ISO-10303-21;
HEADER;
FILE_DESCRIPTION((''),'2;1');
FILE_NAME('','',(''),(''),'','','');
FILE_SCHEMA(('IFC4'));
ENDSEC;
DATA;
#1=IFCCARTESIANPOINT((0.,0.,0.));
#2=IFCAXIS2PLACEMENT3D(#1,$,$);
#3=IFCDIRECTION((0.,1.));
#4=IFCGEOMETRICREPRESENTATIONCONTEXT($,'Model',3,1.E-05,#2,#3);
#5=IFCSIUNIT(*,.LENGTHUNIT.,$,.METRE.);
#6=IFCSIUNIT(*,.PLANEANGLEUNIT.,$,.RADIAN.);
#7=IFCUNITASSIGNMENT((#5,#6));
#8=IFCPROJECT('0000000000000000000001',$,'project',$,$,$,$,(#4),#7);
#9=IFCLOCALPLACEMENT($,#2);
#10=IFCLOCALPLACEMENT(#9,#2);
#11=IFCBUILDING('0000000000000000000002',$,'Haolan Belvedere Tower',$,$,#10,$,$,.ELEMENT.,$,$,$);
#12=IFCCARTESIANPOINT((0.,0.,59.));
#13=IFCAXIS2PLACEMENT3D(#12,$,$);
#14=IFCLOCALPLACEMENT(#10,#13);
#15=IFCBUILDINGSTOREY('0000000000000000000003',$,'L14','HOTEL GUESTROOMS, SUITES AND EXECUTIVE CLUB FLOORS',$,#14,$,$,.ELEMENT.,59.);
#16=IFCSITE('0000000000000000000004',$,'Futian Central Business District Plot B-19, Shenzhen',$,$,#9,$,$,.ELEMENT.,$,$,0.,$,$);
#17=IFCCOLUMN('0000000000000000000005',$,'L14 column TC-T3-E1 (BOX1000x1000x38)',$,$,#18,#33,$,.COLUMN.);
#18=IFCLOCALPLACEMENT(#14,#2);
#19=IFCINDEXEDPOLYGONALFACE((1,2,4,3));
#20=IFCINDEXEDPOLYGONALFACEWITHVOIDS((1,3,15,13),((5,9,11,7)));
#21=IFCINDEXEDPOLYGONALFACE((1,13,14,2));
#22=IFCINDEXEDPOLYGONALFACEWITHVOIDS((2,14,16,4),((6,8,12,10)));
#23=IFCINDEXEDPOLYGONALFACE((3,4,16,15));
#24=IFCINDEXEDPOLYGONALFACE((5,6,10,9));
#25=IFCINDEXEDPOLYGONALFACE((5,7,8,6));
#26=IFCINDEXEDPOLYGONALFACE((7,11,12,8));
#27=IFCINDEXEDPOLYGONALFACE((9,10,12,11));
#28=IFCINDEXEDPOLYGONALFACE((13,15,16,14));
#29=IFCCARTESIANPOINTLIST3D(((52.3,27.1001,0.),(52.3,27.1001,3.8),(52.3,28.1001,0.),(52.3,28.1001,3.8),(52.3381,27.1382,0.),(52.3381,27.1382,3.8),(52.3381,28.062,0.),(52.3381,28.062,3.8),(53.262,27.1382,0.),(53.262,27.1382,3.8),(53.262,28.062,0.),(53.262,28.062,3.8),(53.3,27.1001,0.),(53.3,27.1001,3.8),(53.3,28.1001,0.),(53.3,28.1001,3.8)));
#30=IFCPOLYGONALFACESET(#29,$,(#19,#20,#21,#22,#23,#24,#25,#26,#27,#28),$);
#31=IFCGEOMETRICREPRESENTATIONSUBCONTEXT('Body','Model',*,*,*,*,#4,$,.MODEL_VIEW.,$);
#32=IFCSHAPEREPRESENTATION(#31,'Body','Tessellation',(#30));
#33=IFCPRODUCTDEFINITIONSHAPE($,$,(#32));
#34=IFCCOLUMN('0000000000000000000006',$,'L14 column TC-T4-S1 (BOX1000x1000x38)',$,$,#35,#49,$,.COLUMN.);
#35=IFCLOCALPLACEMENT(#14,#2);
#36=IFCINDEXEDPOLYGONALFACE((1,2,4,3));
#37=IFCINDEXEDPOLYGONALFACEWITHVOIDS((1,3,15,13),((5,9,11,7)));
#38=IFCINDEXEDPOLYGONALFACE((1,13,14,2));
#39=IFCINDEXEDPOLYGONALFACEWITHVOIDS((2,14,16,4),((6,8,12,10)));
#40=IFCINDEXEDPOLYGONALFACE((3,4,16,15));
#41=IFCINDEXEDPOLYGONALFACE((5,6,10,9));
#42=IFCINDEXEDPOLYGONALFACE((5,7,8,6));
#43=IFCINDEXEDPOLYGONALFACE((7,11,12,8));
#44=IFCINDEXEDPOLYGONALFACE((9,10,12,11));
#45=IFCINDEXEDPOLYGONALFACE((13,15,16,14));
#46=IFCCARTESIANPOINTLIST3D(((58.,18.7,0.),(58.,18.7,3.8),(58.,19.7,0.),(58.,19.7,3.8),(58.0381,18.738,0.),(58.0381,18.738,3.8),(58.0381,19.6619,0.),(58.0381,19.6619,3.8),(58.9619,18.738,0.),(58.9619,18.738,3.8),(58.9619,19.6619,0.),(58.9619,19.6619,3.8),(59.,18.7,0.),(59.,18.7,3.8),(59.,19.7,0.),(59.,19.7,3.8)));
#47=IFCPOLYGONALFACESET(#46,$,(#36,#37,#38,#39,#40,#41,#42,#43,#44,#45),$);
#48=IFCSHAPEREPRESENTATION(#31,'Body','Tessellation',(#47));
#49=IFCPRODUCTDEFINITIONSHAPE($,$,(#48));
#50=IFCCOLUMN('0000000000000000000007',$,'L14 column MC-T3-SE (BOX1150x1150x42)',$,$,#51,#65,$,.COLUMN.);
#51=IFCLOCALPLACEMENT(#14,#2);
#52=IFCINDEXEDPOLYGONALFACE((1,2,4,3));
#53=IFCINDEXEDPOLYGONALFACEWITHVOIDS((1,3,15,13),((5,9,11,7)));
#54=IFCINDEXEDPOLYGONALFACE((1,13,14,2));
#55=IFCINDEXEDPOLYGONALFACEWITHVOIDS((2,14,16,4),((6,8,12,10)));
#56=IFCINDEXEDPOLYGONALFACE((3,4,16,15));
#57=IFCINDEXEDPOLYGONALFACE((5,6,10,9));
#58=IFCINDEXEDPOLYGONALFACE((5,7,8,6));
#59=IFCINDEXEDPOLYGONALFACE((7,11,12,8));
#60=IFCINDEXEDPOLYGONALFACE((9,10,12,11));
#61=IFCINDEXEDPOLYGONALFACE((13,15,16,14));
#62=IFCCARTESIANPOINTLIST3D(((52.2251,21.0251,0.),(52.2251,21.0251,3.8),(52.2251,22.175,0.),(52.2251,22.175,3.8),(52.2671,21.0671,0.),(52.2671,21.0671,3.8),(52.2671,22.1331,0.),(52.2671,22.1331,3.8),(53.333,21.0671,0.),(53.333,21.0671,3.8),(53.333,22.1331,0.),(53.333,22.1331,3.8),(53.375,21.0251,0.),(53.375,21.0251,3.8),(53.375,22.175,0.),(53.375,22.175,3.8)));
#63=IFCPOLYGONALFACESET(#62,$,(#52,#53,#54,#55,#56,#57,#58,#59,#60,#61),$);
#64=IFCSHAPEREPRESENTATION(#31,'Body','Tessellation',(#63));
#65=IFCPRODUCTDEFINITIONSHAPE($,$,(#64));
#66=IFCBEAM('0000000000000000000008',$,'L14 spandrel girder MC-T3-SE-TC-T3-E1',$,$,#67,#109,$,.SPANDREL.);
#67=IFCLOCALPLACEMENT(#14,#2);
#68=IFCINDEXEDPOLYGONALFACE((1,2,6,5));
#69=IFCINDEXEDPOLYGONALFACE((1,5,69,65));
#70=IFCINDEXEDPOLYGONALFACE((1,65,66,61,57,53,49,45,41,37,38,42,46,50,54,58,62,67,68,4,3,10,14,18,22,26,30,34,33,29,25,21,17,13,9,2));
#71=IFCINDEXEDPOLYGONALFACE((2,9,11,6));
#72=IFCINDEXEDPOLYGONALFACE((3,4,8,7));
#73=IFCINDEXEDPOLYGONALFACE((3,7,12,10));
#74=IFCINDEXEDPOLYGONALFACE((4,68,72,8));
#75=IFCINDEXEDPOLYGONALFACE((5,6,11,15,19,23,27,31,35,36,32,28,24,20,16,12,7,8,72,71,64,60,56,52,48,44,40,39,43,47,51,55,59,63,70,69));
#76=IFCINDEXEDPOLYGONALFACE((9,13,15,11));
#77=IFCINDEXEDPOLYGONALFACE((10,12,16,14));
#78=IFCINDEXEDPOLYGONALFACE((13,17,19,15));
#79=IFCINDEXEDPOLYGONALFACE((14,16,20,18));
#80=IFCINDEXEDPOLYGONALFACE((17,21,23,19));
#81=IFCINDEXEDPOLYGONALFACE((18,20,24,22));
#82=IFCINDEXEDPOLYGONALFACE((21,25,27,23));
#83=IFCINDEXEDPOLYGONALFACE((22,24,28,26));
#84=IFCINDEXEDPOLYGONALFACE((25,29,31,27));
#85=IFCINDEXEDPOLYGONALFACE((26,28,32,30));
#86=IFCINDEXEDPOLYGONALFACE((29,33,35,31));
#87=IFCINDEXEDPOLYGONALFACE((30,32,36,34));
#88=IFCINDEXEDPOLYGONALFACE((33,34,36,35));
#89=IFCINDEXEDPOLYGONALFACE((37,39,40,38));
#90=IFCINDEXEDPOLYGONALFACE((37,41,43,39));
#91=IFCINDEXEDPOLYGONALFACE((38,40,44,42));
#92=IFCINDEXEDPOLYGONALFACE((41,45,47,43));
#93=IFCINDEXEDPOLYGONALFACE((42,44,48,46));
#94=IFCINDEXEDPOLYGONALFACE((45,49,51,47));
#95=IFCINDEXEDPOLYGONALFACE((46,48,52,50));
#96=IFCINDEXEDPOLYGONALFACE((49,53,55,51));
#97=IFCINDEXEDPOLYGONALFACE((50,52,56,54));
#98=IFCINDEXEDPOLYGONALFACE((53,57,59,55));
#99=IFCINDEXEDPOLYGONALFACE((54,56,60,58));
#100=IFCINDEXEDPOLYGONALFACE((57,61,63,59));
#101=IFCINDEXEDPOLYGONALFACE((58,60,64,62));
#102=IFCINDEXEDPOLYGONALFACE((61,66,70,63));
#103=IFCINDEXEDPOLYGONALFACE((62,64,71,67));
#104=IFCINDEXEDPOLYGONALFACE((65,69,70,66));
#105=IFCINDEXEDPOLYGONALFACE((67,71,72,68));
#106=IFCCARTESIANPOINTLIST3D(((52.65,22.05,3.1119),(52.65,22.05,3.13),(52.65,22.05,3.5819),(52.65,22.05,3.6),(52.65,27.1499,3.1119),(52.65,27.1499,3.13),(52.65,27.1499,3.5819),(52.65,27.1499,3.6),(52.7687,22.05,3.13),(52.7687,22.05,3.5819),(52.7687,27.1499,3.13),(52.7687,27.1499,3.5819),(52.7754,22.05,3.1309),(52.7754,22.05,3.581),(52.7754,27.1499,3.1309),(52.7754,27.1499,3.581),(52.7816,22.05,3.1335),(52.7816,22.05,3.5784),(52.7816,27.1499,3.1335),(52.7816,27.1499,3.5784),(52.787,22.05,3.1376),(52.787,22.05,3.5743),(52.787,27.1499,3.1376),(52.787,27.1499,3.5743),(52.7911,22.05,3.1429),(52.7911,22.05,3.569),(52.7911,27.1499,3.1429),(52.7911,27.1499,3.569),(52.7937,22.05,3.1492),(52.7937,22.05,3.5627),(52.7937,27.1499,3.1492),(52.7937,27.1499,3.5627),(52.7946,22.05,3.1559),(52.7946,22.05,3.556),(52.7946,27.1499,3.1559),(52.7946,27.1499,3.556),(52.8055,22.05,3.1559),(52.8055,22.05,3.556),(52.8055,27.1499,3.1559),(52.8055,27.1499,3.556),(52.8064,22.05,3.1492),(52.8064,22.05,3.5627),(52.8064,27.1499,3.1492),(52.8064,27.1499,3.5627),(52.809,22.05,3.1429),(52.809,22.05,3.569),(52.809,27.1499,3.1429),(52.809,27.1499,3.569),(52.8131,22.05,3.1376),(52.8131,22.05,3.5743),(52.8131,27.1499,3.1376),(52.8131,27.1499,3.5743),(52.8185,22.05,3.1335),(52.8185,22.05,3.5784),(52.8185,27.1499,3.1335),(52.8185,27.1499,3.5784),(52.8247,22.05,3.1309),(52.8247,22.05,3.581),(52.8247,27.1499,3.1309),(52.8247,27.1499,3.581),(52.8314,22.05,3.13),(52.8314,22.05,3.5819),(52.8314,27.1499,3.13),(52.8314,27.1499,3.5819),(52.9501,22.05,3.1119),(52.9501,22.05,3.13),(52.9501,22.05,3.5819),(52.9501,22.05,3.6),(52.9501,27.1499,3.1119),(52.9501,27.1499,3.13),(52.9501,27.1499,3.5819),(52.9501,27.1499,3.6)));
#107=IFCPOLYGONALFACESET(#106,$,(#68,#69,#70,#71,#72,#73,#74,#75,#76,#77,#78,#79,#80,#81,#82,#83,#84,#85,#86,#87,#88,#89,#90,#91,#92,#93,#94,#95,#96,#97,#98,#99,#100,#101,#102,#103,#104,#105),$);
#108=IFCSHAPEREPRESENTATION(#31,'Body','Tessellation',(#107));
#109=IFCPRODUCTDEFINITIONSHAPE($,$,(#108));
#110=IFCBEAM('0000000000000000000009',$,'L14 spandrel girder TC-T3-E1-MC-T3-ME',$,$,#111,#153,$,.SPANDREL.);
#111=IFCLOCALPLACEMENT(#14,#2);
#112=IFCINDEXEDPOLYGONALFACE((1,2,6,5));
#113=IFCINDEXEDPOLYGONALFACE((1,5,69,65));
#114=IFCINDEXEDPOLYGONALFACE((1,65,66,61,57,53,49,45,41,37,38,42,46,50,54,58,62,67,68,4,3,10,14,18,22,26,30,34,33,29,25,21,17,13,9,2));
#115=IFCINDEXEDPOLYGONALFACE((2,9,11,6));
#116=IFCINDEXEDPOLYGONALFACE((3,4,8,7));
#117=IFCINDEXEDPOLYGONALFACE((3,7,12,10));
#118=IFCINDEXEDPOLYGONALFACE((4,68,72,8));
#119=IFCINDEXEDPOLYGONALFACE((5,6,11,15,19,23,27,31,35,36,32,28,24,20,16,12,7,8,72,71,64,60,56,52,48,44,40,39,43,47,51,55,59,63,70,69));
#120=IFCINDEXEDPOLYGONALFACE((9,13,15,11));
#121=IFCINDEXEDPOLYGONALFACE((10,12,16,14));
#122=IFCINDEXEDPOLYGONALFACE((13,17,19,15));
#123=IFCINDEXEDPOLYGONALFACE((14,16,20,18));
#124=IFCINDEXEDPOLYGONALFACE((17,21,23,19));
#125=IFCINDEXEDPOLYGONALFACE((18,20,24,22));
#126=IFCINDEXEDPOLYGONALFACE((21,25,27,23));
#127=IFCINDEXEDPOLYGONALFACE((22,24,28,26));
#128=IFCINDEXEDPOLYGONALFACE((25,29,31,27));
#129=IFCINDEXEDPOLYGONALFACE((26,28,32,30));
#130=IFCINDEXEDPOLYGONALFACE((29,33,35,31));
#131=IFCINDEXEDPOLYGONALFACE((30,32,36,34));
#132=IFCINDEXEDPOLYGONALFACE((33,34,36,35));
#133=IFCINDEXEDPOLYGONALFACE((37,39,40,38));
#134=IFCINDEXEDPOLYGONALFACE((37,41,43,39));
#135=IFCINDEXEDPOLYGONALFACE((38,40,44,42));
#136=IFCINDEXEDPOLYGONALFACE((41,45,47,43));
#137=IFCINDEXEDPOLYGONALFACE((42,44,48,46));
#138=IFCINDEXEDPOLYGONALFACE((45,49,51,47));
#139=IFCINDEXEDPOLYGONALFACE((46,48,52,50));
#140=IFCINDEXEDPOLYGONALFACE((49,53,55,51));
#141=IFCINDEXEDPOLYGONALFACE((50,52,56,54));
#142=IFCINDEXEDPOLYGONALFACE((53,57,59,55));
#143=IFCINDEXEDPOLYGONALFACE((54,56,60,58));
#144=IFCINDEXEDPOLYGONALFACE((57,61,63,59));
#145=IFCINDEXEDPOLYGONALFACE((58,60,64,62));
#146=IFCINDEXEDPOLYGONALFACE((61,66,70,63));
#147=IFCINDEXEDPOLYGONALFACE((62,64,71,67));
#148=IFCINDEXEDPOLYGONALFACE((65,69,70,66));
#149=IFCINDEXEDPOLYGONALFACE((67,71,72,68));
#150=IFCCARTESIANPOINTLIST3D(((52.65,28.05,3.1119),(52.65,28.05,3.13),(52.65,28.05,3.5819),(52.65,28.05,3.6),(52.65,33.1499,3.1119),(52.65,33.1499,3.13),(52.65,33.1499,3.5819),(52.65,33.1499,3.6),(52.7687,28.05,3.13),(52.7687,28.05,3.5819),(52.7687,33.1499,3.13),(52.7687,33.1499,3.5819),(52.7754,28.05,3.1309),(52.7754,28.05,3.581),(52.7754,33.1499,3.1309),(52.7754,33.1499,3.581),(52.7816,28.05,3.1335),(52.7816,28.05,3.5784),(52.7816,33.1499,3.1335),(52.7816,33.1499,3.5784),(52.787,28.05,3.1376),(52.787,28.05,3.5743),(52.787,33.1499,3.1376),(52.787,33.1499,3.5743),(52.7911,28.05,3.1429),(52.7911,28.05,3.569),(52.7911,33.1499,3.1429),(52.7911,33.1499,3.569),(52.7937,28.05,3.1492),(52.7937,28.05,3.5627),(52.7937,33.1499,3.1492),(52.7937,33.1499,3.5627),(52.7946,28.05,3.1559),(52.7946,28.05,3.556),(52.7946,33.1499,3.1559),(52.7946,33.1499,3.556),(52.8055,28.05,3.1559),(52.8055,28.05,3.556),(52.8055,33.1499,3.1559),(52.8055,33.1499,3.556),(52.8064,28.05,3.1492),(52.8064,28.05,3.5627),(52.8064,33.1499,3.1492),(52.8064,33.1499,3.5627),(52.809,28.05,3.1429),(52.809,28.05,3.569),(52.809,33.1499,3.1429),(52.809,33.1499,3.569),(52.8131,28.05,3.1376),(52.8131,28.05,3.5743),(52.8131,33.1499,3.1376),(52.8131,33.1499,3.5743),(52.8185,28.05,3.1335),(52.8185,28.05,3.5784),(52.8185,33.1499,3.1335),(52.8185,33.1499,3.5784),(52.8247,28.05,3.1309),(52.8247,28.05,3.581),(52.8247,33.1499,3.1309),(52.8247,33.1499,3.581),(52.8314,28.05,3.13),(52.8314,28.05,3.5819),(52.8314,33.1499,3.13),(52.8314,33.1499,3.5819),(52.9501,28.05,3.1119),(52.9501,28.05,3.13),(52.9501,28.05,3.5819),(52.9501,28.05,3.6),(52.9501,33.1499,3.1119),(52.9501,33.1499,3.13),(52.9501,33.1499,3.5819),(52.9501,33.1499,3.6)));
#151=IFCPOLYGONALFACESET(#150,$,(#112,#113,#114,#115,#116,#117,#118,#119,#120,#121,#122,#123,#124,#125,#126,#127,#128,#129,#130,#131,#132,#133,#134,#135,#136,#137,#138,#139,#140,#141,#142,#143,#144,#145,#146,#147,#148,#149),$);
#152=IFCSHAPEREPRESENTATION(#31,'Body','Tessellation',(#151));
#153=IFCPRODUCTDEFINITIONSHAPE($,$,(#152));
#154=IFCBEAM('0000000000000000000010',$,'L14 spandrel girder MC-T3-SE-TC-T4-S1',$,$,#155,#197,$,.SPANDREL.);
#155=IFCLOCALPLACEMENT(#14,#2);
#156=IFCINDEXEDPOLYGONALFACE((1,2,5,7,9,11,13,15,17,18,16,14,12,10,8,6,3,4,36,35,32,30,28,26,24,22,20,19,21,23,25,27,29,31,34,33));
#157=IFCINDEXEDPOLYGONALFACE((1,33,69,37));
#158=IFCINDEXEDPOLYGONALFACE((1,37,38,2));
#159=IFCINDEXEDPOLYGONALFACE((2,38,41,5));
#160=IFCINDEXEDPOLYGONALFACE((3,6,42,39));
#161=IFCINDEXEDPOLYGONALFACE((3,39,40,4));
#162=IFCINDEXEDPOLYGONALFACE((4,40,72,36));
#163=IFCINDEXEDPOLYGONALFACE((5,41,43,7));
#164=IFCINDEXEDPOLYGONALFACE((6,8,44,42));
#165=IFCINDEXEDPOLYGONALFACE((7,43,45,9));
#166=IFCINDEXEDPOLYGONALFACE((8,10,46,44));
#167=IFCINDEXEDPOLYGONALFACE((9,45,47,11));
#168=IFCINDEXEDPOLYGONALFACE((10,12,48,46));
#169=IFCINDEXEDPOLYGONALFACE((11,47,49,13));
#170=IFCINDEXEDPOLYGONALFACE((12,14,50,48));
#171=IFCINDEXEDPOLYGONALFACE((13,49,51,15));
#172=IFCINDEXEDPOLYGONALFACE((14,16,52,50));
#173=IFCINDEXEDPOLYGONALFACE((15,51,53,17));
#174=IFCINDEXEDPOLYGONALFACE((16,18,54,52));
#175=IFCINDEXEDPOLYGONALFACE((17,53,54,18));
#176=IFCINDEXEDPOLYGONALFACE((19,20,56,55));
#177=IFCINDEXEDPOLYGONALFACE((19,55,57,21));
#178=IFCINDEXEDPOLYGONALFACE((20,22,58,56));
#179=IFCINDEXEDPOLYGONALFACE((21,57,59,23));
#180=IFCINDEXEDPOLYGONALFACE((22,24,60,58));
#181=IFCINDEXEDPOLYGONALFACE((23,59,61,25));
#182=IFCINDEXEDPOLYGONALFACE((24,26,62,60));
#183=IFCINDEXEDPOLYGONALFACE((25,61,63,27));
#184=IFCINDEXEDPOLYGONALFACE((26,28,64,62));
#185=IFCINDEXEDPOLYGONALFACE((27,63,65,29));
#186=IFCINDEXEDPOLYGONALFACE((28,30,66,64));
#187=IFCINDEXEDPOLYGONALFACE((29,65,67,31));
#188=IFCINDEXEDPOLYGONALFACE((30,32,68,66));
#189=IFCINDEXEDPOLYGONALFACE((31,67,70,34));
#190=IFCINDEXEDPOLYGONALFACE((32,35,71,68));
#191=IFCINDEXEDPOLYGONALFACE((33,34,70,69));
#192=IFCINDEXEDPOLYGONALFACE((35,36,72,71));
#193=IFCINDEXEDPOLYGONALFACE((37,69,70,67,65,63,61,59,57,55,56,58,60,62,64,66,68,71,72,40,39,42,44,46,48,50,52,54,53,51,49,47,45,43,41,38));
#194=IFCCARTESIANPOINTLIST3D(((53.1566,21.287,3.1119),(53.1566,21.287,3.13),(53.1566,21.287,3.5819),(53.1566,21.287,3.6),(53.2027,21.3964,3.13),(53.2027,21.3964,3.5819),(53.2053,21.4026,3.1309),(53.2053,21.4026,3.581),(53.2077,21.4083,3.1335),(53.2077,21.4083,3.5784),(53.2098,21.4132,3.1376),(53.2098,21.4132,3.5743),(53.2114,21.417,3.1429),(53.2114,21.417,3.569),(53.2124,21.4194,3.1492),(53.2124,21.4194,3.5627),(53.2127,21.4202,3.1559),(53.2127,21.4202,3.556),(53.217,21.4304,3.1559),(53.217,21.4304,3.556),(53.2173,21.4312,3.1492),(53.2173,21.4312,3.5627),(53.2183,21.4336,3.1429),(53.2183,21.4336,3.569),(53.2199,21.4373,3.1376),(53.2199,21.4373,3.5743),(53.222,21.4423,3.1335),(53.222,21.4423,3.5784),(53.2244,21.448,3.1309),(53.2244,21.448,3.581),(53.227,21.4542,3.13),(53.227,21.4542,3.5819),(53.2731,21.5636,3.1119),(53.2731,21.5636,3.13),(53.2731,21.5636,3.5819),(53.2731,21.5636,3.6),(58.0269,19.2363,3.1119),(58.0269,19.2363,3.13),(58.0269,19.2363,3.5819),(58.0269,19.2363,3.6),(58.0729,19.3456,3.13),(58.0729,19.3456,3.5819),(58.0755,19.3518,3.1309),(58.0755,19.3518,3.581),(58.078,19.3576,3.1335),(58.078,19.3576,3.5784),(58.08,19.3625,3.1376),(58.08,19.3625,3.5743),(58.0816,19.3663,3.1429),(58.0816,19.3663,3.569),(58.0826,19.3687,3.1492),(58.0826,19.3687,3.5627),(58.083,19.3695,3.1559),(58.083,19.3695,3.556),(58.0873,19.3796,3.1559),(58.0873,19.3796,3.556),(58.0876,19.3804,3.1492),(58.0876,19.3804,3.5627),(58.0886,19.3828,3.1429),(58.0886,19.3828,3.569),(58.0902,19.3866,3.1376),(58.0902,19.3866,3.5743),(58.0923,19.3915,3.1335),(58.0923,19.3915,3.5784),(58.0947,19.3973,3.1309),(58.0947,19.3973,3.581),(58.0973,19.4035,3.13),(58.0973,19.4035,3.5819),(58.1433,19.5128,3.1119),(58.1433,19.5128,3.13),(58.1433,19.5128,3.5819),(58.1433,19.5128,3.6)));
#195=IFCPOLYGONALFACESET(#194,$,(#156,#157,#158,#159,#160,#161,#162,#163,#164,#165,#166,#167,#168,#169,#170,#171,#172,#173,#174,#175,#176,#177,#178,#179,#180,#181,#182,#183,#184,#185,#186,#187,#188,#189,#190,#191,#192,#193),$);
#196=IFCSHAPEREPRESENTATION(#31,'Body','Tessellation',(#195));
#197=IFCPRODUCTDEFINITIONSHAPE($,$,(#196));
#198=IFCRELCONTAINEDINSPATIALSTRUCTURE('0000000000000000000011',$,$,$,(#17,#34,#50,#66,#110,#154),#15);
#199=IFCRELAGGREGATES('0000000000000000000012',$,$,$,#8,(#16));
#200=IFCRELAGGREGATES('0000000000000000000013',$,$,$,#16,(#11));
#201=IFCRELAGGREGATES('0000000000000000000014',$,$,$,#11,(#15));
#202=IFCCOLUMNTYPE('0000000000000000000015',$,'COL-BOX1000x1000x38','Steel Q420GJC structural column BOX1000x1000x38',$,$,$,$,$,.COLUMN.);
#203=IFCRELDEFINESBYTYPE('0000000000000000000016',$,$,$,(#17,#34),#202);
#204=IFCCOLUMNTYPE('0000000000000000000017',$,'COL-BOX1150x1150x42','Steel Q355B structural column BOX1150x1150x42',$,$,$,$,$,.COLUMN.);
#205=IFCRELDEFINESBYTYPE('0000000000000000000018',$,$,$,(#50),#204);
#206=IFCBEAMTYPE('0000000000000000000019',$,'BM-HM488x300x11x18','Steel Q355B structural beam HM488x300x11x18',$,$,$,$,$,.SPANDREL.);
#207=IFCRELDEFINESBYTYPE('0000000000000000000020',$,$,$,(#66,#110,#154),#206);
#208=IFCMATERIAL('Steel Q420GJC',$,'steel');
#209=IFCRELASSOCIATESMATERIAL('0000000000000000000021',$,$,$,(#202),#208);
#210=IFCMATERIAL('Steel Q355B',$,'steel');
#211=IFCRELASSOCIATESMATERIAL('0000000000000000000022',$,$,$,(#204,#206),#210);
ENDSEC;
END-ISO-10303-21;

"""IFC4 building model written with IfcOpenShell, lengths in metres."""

from ifc_helpers import new_model, si_unit, direction, frame, origin, origin_2d, place, context, subcontext, project, spatial, hollow_rectangle, i_section, extrude, material, material_profile, profile_set, type_object, element, save


model = new_model("IFC4")

# Units and contexts
model_context = context("Model", 3, precision=1e-05, world=origin(), true_north=direction((0.0, 1.0)))
body_context = subcontext(model_context, "Body", "Model", "MODEL_VIEW")
ifc_project = project(units=[si_unit("LENGTHUNIT", "METRE"), si_unit("PLANEANGLEUNIT", "RADIAN")], contexts=[model_context])

# Site, building, storey
site_placement = place(None, origin())
site = spatial("IfcSite", under=ifc_project, at=site_placement, Name="Futian Central Business District Plot B-19, Shenzhen", CompositionType="ELEMENT", RefElevation=0.0)
building_placement = place(site_placement, origin())
building = spatial("IfcBuilding", under=site, at=building_placement, Name="Haolan Belvedere Tower", CompositionType="ELEMENT")
storey_placement = place(building_placement, frame((0.0, 0.0, 59.0)))
storey = spatial("IfcBuildingStorey", under=building, at=storey_placement, Name="L14", Description="HOTEL GUESTROOMS, SUITES AND EXECUTIVE CLUB FLOORS", CompositionType="ELEMENT", Elevation=59.0)

# Columns
ifc_material_1 = material(Name="Steel Q420GJC", Category="steel")
ifc_material_profile_1 = material_profile(ifc_material_1, hollow_rectangle(XDim=1.0, YDim=1.0, WallThickness=0.0381, at=origin_2d()), Name="Steel Q420GJC")
ifc_profile_set_1 = profile_set([ifc_material_profile_1], Name="Steel Q420GJC")
column_type_1 = type_object("IfcColumnType", Name="COL-BOX1000x1000x38", Description="Steel Q420GJC structural column BOX1000x1000x38", PredefinedType="COLUMN", material=ifc_profile_set_1)
for number, where, z_axis, x_axis, name in (
    (1, (52.8, 27.6001, 0.0), (0.0, 0.0, 1.0), (1.0, 0.0, 0.0), "L14 column TC-T3-E1 (BOX1000x1000x38)"),
    (2, (58.5, 19.2, 0.0), (0.0, 0.0, 1.0), (1.0, 0.0, 0.0), "L14 column TC-T4-S1 (BOX1000x1000x38)"),
):
    element("IfcColumn", number, at=place(storey_placement, frame(where, z_axis=z_axis, x_axis=x_axis)), inside=storey, type_object=column_type_1, Name=name, PredefinedType="COLUMN", context=body_context, shape_type="SweptSolid", body=[
        extrude(hollow_rectangle(XDim=1.0, YDim=1.0, WallThickness=0.0381, at=origin_2d()), origin(), (0.0, 0.0, 1.0), 3.8),
    ])
ifc_material_2 = material(Name="Steel Q355B", Category="steel")
ifc_material_profile_2 = material_profile(ifc_material_2, hollow_rectangle(XDim=1.1499, YDim=1.1499, WallThickness=0.042, at=origin_2d()), Name="Steel Q355B")
ifc_profile_set_2 = profile_set([ifc_material_profile_2], Name="Steel Q355B")
column_type_2 = type_object("IfcColumnType", Name="COL-BOX1150x1150x42", Description="Steel Q355B structural column BOX1150x1150x42", PredefinedType="COLUMN", material=ifc_profile_set_2)
column_placement = place(storey_placement, frame((52.8, 21.6001, 0.0), z_axis=(0.0, 0.0, 1.0), x_axis=(1.0, 0.0, 0.0)))
element("IfcColumn", 3, at=column_placement, inside=storey, type_object=column_type_2, Name="L14 column MC-T3-SE (BOX1150x1150x42)", PredefinedType="COLUMN", context=body_context, shape_type="SweptSolid", body=[
    extrude(hollow_rectangle(XDim=1.1499, YDim=1.1499, WallThickness=0.042, at=origin_2d()), origin(), (0.0, 0.0, 1.0), 3.8),
])

# Beams
ifc_material_profile_3 = material_profile(ifc_material_2, i_section(OverallWidth=0.3, OverallDepth=0.488, WebThickness=0.011, FlangeThickness=0.0181, FilletRadius=0.0259, at=origin_2d()), Name="Steel Q355B")
ifc_profile_set_3 = profile_set([ifc_material_profile_3], Name="Steel Q355B")
beam_type_1 = type_object("IfcBeamType", Name="BM-HM488x300x11x18", Description="Steel Q355B structural beam HM488x300x11x18", PredefinedType="SPANDREL", material=ifc_profile_set_3)
for number, where, z_axis, x_axis, name in (
    (4, (52.8, 22.05, 3.356), (0.0, 1.0, 0.0), (-1.0, 0.0, 0.0), "L14 spandrel girder MC-T3-SE-TC-T3-E1"),
    (5, (52.8, 28.05, 3.356), (0.0, 1.0, 0.0), (-1.0, 0.0, 0.0), "L14 spandrel girder TC-T3-E1-MC-T3-ME"),
):
    element("IfcBeam", number, at=place(storey_placement, frame(where, z_axis=z_axis, x_axis=x_axis)), inside=storey, type_object=beam_type_1, Name=name, PredefinedType="SPANDREL", context=body_context, shape_type="SweptSolid", body=[
        extrude(i_section(OverallWidth=0.3, OverallDepth=0.488, WebThickness=0.011, FlangeThickness=0.0181, FilletRadius=0.0259, at=origin_2d()), origin(), (0.0, 0.0, 1.0), 5.0999),
    ])
for number, where, z_axis, x_axis, name in (
    (6, (53.2148, 21.4253, 3.356), (0.921628, -0.388074, 0.0), (0.388074, 0.921628, 0.0), "L14 spandrel girder MC-T3-SE-TC-T4-S1"),
):
    element("IfcBeam", number, at=place(storey_placement, frame(where, z_axis=z_axis, x_axis=x_axis)), inside=storey, type_object=beam_type_1, Name=name, PredefinedType="SPANDREL", context=body_context, shape_type="SweptSolid", body=[
        extrude(i_section(OverallWidth=0.3, OverallDepth=0.488, WebThickness=0.011, FlangeThickness=0.0181, FilletRadius=0.0259, at=origin_2d()), origin(), (0.0, 0.0, 1.0), 5.2844),
    ])

save(model, "model.ifc")
